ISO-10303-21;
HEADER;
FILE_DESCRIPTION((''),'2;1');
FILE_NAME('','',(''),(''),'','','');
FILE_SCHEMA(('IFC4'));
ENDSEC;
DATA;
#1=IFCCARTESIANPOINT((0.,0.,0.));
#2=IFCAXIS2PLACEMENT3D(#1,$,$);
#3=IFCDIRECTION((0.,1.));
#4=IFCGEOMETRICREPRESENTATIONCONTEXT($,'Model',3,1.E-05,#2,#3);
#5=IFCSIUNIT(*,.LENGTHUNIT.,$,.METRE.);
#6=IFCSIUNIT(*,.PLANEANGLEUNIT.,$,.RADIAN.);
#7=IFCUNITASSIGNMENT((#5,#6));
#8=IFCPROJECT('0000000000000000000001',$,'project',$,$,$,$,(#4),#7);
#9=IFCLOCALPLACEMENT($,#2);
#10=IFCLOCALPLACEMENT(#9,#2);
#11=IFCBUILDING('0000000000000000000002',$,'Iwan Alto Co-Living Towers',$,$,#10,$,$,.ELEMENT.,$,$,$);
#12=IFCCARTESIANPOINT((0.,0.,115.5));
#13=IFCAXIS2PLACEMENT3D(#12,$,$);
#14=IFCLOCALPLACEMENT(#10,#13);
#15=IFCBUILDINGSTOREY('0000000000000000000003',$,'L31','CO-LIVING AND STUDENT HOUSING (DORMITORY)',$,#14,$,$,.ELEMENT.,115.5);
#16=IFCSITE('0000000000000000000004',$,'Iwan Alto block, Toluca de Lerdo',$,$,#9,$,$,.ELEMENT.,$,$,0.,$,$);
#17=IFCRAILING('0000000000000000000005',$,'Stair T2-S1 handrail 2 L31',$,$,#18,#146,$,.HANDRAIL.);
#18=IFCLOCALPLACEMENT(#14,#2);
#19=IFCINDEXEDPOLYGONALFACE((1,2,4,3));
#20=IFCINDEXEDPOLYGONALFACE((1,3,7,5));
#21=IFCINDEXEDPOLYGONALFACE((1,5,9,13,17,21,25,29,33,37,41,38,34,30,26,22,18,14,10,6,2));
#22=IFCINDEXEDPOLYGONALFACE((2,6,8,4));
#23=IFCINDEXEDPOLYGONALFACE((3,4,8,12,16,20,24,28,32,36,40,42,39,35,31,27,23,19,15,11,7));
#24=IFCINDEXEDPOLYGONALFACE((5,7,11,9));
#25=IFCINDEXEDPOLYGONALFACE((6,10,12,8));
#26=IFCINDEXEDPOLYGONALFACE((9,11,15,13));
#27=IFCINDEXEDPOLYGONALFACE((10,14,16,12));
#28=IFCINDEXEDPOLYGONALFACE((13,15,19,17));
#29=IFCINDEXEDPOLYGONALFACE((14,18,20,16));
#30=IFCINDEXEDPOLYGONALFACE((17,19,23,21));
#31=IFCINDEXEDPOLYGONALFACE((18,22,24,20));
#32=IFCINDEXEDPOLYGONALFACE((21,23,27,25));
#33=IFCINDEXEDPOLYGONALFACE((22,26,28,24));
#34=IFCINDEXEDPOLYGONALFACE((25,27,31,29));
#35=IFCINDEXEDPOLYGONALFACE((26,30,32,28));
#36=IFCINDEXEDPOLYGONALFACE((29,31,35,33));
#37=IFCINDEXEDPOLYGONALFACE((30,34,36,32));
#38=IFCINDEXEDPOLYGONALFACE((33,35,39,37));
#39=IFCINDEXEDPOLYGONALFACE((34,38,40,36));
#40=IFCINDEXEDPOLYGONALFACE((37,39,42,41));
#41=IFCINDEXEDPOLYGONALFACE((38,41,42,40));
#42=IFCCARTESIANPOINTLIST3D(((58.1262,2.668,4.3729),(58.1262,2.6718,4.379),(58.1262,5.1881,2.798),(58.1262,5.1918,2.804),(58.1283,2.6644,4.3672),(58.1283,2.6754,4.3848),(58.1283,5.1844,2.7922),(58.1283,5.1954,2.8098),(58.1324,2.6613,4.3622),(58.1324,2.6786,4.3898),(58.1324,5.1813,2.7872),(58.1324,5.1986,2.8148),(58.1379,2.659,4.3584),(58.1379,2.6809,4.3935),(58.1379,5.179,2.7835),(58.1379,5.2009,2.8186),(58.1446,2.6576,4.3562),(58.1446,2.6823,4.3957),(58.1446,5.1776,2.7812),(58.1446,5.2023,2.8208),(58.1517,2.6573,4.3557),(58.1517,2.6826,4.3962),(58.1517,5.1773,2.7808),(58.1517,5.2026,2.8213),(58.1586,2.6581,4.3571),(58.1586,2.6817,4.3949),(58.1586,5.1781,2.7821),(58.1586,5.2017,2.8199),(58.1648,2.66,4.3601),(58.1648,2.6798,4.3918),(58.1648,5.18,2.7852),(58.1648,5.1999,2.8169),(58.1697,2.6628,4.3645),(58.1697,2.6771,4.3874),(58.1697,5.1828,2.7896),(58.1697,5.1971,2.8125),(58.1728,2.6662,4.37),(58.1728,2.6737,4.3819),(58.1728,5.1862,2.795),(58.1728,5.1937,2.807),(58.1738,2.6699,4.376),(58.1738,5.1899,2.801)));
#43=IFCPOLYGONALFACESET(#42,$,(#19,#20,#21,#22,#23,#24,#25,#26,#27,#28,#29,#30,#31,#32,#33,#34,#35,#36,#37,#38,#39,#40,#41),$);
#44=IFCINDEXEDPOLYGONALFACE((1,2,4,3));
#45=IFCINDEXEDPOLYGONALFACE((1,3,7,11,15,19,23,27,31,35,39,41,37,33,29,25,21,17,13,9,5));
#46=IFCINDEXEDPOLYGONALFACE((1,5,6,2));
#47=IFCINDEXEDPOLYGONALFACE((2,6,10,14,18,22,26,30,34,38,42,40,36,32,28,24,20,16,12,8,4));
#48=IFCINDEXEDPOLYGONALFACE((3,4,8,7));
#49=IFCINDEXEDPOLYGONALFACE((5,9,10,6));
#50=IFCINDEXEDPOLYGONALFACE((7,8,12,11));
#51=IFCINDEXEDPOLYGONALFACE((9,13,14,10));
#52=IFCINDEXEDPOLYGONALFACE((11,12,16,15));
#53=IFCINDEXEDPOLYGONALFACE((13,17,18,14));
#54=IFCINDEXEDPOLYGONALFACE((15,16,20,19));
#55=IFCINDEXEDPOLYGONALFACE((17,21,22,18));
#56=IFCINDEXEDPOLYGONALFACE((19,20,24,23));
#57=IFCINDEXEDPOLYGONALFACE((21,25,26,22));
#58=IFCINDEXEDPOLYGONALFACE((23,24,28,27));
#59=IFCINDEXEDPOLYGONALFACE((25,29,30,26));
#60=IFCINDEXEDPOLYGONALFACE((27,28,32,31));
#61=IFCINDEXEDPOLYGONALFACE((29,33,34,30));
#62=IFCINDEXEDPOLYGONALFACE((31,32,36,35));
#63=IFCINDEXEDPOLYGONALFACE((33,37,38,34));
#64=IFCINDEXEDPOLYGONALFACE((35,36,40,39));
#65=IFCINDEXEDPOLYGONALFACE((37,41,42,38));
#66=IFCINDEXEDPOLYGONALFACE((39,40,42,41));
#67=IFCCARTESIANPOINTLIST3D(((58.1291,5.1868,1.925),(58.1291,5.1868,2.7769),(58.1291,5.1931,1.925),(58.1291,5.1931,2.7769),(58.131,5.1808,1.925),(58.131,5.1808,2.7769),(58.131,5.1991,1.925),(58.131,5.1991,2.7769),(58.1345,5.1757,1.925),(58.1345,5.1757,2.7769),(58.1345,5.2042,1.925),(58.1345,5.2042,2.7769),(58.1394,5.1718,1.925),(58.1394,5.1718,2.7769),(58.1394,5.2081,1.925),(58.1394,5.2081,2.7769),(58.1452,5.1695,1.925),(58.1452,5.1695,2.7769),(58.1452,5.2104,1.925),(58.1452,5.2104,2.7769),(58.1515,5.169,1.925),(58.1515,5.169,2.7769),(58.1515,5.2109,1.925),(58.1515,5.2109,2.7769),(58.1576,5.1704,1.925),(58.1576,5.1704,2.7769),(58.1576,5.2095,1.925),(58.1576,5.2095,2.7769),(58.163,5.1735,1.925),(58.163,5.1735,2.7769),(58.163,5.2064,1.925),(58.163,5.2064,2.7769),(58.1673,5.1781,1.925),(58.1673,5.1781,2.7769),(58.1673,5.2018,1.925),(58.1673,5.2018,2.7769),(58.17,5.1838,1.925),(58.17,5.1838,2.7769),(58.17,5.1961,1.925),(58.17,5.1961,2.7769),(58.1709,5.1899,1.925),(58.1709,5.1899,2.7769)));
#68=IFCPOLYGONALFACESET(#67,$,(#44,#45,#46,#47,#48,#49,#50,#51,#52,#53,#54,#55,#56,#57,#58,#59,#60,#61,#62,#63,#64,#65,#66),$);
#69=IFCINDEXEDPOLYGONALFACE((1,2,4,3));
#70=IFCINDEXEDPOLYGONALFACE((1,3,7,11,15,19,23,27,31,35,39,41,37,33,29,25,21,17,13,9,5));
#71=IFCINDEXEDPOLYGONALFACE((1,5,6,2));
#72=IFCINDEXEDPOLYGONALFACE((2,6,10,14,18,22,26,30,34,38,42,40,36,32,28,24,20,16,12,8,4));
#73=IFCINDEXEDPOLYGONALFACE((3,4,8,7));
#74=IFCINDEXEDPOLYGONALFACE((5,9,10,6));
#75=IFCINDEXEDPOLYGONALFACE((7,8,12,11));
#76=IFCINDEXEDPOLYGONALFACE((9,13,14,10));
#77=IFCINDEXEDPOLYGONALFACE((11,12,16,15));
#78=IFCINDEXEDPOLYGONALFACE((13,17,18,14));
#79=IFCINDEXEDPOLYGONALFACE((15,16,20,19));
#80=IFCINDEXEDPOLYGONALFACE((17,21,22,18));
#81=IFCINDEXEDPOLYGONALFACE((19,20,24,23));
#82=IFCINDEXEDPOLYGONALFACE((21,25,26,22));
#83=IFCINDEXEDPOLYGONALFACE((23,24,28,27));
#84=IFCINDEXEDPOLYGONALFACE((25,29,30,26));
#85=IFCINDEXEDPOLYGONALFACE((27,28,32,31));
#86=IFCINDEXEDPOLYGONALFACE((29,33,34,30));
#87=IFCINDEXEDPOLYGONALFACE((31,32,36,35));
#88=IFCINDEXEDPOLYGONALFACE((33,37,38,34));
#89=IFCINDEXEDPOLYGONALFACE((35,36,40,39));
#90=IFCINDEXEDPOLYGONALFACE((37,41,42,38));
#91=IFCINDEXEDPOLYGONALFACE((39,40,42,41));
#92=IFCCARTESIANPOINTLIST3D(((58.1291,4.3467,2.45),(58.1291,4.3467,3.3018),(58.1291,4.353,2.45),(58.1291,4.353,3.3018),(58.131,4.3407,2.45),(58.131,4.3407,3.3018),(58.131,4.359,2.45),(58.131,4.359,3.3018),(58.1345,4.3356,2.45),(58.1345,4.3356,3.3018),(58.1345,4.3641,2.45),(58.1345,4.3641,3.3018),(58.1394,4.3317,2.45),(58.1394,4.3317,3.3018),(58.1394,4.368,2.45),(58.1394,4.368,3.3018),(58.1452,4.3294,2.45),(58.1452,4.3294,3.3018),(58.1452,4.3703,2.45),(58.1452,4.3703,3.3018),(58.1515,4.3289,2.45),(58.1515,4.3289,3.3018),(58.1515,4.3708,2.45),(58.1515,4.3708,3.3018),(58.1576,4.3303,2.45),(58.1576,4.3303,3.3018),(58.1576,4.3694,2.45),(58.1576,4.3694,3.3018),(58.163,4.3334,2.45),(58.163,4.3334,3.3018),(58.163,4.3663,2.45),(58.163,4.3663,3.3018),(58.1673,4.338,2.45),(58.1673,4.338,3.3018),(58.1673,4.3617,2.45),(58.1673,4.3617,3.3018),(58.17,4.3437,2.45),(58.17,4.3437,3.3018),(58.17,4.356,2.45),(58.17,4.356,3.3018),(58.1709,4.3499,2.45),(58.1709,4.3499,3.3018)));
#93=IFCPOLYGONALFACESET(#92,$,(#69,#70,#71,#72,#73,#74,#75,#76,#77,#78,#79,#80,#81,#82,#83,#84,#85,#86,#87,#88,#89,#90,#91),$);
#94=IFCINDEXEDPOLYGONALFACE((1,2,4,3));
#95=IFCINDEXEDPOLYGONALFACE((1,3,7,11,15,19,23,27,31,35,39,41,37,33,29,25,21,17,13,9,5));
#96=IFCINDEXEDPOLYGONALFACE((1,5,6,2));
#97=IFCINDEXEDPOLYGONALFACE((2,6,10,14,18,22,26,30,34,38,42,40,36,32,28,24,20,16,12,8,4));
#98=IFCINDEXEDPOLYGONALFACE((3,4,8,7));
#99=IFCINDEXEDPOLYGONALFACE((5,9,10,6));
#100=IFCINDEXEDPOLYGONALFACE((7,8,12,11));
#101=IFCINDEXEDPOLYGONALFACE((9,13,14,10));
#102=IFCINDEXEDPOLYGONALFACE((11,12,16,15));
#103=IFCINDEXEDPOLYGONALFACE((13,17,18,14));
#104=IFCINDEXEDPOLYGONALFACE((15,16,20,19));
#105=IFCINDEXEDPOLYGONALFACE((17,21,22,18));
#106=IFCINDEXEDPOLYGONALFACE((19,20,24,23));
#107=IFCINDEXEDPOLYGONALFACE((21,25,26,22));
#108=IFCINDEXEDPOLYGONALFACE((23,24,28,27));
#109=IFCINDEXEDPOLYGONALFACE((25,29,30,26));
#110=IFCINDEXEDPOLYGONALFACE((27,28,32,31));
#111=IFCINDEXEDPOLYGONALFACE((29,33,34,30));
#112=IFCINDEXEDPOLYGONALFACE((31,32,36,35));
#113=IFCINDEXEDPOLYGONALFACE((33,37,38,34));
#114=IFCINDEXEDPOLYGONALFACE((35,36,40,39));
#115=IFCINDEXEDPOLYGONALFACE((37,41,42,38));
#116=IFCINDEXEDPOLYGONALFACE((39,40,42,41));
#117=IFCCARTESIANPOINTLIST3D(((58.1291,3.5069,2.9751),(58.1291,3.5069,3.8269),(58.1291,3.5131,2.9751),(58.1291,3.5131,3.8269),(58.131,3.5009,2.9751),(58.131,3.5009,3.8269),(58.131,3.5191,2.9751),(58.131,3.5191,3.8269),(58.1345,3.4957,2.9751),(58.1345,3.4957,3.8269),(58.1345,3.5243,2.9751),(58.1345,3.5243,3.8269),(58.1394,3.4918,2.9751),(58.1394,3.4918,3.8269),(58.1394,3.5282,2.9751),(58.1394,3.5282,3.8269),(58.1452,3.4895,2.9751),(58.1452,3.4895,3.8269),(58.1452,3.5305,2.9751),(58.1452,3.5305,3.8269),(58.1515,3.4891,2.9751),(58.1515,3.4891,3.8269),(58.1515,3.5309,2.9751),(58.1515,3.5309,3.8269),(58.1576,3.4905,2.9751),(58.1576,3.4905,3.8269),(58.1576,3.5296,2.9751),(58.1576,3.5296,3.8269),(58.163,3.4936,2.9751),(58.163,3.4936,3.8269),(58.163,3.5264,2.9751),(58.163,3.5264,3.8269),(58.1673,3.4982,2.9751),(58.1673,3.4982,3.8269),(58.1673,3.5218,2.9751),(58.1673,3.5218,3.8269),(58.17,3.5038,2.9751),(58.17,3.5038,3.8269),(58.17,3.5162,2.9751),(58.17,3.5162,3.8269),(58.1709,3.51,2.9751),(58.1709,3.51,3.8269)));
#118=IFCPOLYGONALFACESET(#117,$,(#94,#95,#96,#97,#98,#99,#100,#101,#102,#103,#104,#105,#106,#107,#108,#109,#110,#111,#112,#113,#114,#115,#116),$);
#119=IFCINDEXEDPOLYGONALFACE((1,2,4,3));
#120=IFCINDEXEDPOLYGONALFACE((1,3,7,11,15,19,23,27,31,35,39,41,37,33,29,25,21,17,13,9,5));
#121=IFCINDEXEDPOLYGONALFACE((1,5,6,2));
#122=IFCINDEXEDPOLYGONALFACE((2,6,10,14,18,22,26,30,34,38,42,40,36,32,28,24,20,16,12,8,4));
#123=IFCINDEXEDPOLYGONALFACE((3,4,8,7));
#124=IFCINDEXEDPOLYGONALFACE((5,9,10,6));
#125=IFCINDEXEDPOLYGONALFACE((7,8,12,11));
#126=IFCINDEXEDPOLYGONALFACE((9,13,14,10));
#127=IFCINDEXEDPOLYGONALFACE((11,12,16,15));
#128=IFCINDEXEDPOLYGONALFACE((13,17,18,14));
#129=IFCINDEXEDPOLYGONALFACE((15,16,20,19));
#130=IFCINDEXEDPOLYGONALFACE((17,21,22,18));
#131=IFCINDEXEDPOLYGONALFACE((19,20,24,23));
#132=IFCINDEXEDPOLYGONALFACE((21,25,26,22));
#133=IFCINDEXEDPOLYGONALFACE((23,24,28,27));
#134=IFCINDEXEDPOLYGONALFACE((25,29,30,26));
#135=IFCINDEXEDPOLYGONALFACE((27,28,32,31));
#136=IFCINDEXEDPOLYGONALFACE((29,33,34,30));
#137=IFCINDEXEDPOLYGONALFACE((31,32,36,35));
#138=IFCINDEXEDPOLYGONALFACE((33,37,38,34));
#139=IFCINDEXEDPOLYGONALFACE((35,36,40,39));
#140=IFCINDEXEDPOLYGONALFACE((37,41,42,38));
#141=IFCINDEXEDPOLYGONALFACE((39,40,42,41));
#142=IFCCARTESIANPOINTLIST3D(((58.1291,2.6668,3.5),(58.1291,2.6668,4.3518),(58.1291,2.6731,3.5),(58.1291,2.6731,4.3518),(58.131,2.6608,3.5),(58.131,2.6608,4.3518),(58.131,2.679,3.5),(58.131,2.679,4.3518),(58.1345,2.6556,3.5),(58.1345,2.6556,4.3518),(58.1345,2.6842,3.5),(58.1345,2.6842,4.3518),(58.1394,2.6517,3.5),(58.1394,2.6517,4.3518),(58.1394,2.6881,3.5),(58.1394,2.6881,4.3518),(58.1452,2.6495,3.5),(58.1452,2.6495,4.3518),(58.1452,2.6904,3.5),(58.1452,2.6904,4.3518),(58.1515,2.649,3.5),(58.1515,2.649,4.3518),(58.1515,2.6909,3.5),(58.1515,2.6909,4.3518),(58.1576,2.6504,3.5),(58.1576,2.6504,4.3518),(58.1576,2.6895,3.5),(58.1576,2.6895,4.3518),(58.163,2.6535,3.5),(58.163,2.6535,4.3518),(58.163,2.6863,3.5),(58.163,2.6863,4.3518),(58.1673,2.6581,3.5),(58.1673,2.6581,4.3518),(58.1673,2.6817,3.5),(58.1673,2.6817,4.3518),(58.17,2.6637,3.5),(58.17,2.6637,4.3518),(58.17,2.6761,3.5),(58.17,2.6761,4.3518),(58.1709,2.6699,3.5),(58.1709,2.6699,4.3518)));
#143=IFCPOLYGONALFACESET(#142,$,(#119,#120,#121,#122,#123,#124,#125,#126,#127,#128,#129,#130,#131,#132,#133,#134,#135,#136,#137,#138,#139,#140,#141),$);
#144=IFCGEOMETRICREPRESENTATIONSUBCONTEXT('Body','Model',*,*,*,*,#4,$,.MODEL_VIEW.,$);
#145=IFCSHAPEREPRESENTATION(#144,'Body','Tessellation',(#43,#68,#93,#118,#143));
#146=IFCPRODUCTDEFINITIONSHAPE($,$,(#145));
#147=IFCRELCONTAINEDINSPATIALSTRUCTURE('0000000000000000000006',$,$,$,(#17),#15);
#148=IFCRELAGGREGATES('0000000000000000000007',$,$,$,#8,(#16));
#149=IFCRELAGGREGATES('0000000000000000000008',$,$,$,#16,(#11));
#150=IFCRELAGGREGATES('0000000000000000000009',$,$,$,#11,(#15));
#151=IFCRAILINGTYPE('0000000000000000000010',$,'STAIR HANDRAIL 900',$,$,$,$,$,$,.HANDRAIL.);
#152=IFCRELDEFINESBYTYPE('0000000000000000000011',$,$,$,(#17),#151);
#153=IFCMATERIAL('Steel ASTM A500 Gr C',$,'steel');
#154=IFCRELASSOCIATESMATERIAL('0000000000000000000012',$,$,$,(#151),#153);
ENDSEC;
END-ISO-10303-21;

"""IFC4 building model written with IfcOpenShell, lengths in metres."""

from ifc_helpers import new_model, si_unit, direction, frame, origin, origin_2d, place, context, subcontext, project, spatial, circle, extrude, material, type_object, element, save


model = new_model("IFC4")

# Units and contexts
model_context = context("Model", 3, precision=1e-05, world=origin(), true_north=direction((0.0, 1.0)))
body_context = subcontext(model_context, "Body", "Model", "MODEL_VIEW")
ifc_project = project(units=[si_unit("LENGTHUNIT", "METRE"), si_unit("PLANEANGLEUNIT", "RADIAN")], contexts=[model_context])

# Site, building, storey
site_placement = place(None, origin())
site = spatial("IfcSite", under=ifc_project, at=site_placement, Name="Iwan Alto block, Toluca de Lerdo", CompositionType="ELEMENT", RefElevation=0.0)
building_placement = place(site_placement, origin())
building = spatial("IfcBuilding", under=site, at=building_placement, Name="Iwan Alto Co-Living Towers", CompositionType="ELEMENT")
storey_placement = place(building_placement, frame((0.0, 0.0, 115.5)))
storey = spatial("IfcBuildingStorey", under=building, at=storey_placement, Name="L31", Description="CO-LIVING AND STUDENT HOUSING (DORMITORY)", CompositionType="ELEMENT", Elevation=115.5)

# Railing
ifc_material_1 = material(Name="Steel ASTM A500 Gr C", Category="steel")
railing_type_1 = type_object("IfcRailingType", Name="STAIR HANDRAIL 900", PredefinedType="HANDRAIL", material=ifc_material_1)
railing_1_placement = place(storey_placement, frame((58.1499, 5.1899, 1.925)))
element("IfcRailing", 1, at=railing_1_placement, inside=storey, type_object=railing_type_1, Name="Stair T2-S1 handrail 2 L31", PredefinedType="HANDRAIL", context=body_context, shape_type="SweptSolid", body=[
    extrude(circle(Radius=0.0239, at=origin_2d()), frame((0.0, 0.0, 0.876), z_axis=(0.0, -0.848008, 0.529984), x_axis=(1.0, 0.0, 0.0)), (0.0, 0.0, 1.0), 2.9717),
    extrude(circle(Radius=0.021, at=origin_2d()), origin(), (0.0, 0.0, 1.0), 0.8518),
    extrude(circle(Radius=0.021, at=origin_2d()), frame((0.0, -0.8401, 0.5249)), (0.0, 0.0, 1.0), 0.8518),
    extrude(circle(Radius=0.021, at=origin_2d()), frame((0.0, -1.6799, 1.05)), (0.0, 0.0, 1.0), 0.8518),
    extrude(circle(Radius=0.021, at=origin_2d()), frame((0.0, -2.52, 1.575)), (0.0, 0.0, 1.0), 0.8518),
])

save(model, "model.ifc")
